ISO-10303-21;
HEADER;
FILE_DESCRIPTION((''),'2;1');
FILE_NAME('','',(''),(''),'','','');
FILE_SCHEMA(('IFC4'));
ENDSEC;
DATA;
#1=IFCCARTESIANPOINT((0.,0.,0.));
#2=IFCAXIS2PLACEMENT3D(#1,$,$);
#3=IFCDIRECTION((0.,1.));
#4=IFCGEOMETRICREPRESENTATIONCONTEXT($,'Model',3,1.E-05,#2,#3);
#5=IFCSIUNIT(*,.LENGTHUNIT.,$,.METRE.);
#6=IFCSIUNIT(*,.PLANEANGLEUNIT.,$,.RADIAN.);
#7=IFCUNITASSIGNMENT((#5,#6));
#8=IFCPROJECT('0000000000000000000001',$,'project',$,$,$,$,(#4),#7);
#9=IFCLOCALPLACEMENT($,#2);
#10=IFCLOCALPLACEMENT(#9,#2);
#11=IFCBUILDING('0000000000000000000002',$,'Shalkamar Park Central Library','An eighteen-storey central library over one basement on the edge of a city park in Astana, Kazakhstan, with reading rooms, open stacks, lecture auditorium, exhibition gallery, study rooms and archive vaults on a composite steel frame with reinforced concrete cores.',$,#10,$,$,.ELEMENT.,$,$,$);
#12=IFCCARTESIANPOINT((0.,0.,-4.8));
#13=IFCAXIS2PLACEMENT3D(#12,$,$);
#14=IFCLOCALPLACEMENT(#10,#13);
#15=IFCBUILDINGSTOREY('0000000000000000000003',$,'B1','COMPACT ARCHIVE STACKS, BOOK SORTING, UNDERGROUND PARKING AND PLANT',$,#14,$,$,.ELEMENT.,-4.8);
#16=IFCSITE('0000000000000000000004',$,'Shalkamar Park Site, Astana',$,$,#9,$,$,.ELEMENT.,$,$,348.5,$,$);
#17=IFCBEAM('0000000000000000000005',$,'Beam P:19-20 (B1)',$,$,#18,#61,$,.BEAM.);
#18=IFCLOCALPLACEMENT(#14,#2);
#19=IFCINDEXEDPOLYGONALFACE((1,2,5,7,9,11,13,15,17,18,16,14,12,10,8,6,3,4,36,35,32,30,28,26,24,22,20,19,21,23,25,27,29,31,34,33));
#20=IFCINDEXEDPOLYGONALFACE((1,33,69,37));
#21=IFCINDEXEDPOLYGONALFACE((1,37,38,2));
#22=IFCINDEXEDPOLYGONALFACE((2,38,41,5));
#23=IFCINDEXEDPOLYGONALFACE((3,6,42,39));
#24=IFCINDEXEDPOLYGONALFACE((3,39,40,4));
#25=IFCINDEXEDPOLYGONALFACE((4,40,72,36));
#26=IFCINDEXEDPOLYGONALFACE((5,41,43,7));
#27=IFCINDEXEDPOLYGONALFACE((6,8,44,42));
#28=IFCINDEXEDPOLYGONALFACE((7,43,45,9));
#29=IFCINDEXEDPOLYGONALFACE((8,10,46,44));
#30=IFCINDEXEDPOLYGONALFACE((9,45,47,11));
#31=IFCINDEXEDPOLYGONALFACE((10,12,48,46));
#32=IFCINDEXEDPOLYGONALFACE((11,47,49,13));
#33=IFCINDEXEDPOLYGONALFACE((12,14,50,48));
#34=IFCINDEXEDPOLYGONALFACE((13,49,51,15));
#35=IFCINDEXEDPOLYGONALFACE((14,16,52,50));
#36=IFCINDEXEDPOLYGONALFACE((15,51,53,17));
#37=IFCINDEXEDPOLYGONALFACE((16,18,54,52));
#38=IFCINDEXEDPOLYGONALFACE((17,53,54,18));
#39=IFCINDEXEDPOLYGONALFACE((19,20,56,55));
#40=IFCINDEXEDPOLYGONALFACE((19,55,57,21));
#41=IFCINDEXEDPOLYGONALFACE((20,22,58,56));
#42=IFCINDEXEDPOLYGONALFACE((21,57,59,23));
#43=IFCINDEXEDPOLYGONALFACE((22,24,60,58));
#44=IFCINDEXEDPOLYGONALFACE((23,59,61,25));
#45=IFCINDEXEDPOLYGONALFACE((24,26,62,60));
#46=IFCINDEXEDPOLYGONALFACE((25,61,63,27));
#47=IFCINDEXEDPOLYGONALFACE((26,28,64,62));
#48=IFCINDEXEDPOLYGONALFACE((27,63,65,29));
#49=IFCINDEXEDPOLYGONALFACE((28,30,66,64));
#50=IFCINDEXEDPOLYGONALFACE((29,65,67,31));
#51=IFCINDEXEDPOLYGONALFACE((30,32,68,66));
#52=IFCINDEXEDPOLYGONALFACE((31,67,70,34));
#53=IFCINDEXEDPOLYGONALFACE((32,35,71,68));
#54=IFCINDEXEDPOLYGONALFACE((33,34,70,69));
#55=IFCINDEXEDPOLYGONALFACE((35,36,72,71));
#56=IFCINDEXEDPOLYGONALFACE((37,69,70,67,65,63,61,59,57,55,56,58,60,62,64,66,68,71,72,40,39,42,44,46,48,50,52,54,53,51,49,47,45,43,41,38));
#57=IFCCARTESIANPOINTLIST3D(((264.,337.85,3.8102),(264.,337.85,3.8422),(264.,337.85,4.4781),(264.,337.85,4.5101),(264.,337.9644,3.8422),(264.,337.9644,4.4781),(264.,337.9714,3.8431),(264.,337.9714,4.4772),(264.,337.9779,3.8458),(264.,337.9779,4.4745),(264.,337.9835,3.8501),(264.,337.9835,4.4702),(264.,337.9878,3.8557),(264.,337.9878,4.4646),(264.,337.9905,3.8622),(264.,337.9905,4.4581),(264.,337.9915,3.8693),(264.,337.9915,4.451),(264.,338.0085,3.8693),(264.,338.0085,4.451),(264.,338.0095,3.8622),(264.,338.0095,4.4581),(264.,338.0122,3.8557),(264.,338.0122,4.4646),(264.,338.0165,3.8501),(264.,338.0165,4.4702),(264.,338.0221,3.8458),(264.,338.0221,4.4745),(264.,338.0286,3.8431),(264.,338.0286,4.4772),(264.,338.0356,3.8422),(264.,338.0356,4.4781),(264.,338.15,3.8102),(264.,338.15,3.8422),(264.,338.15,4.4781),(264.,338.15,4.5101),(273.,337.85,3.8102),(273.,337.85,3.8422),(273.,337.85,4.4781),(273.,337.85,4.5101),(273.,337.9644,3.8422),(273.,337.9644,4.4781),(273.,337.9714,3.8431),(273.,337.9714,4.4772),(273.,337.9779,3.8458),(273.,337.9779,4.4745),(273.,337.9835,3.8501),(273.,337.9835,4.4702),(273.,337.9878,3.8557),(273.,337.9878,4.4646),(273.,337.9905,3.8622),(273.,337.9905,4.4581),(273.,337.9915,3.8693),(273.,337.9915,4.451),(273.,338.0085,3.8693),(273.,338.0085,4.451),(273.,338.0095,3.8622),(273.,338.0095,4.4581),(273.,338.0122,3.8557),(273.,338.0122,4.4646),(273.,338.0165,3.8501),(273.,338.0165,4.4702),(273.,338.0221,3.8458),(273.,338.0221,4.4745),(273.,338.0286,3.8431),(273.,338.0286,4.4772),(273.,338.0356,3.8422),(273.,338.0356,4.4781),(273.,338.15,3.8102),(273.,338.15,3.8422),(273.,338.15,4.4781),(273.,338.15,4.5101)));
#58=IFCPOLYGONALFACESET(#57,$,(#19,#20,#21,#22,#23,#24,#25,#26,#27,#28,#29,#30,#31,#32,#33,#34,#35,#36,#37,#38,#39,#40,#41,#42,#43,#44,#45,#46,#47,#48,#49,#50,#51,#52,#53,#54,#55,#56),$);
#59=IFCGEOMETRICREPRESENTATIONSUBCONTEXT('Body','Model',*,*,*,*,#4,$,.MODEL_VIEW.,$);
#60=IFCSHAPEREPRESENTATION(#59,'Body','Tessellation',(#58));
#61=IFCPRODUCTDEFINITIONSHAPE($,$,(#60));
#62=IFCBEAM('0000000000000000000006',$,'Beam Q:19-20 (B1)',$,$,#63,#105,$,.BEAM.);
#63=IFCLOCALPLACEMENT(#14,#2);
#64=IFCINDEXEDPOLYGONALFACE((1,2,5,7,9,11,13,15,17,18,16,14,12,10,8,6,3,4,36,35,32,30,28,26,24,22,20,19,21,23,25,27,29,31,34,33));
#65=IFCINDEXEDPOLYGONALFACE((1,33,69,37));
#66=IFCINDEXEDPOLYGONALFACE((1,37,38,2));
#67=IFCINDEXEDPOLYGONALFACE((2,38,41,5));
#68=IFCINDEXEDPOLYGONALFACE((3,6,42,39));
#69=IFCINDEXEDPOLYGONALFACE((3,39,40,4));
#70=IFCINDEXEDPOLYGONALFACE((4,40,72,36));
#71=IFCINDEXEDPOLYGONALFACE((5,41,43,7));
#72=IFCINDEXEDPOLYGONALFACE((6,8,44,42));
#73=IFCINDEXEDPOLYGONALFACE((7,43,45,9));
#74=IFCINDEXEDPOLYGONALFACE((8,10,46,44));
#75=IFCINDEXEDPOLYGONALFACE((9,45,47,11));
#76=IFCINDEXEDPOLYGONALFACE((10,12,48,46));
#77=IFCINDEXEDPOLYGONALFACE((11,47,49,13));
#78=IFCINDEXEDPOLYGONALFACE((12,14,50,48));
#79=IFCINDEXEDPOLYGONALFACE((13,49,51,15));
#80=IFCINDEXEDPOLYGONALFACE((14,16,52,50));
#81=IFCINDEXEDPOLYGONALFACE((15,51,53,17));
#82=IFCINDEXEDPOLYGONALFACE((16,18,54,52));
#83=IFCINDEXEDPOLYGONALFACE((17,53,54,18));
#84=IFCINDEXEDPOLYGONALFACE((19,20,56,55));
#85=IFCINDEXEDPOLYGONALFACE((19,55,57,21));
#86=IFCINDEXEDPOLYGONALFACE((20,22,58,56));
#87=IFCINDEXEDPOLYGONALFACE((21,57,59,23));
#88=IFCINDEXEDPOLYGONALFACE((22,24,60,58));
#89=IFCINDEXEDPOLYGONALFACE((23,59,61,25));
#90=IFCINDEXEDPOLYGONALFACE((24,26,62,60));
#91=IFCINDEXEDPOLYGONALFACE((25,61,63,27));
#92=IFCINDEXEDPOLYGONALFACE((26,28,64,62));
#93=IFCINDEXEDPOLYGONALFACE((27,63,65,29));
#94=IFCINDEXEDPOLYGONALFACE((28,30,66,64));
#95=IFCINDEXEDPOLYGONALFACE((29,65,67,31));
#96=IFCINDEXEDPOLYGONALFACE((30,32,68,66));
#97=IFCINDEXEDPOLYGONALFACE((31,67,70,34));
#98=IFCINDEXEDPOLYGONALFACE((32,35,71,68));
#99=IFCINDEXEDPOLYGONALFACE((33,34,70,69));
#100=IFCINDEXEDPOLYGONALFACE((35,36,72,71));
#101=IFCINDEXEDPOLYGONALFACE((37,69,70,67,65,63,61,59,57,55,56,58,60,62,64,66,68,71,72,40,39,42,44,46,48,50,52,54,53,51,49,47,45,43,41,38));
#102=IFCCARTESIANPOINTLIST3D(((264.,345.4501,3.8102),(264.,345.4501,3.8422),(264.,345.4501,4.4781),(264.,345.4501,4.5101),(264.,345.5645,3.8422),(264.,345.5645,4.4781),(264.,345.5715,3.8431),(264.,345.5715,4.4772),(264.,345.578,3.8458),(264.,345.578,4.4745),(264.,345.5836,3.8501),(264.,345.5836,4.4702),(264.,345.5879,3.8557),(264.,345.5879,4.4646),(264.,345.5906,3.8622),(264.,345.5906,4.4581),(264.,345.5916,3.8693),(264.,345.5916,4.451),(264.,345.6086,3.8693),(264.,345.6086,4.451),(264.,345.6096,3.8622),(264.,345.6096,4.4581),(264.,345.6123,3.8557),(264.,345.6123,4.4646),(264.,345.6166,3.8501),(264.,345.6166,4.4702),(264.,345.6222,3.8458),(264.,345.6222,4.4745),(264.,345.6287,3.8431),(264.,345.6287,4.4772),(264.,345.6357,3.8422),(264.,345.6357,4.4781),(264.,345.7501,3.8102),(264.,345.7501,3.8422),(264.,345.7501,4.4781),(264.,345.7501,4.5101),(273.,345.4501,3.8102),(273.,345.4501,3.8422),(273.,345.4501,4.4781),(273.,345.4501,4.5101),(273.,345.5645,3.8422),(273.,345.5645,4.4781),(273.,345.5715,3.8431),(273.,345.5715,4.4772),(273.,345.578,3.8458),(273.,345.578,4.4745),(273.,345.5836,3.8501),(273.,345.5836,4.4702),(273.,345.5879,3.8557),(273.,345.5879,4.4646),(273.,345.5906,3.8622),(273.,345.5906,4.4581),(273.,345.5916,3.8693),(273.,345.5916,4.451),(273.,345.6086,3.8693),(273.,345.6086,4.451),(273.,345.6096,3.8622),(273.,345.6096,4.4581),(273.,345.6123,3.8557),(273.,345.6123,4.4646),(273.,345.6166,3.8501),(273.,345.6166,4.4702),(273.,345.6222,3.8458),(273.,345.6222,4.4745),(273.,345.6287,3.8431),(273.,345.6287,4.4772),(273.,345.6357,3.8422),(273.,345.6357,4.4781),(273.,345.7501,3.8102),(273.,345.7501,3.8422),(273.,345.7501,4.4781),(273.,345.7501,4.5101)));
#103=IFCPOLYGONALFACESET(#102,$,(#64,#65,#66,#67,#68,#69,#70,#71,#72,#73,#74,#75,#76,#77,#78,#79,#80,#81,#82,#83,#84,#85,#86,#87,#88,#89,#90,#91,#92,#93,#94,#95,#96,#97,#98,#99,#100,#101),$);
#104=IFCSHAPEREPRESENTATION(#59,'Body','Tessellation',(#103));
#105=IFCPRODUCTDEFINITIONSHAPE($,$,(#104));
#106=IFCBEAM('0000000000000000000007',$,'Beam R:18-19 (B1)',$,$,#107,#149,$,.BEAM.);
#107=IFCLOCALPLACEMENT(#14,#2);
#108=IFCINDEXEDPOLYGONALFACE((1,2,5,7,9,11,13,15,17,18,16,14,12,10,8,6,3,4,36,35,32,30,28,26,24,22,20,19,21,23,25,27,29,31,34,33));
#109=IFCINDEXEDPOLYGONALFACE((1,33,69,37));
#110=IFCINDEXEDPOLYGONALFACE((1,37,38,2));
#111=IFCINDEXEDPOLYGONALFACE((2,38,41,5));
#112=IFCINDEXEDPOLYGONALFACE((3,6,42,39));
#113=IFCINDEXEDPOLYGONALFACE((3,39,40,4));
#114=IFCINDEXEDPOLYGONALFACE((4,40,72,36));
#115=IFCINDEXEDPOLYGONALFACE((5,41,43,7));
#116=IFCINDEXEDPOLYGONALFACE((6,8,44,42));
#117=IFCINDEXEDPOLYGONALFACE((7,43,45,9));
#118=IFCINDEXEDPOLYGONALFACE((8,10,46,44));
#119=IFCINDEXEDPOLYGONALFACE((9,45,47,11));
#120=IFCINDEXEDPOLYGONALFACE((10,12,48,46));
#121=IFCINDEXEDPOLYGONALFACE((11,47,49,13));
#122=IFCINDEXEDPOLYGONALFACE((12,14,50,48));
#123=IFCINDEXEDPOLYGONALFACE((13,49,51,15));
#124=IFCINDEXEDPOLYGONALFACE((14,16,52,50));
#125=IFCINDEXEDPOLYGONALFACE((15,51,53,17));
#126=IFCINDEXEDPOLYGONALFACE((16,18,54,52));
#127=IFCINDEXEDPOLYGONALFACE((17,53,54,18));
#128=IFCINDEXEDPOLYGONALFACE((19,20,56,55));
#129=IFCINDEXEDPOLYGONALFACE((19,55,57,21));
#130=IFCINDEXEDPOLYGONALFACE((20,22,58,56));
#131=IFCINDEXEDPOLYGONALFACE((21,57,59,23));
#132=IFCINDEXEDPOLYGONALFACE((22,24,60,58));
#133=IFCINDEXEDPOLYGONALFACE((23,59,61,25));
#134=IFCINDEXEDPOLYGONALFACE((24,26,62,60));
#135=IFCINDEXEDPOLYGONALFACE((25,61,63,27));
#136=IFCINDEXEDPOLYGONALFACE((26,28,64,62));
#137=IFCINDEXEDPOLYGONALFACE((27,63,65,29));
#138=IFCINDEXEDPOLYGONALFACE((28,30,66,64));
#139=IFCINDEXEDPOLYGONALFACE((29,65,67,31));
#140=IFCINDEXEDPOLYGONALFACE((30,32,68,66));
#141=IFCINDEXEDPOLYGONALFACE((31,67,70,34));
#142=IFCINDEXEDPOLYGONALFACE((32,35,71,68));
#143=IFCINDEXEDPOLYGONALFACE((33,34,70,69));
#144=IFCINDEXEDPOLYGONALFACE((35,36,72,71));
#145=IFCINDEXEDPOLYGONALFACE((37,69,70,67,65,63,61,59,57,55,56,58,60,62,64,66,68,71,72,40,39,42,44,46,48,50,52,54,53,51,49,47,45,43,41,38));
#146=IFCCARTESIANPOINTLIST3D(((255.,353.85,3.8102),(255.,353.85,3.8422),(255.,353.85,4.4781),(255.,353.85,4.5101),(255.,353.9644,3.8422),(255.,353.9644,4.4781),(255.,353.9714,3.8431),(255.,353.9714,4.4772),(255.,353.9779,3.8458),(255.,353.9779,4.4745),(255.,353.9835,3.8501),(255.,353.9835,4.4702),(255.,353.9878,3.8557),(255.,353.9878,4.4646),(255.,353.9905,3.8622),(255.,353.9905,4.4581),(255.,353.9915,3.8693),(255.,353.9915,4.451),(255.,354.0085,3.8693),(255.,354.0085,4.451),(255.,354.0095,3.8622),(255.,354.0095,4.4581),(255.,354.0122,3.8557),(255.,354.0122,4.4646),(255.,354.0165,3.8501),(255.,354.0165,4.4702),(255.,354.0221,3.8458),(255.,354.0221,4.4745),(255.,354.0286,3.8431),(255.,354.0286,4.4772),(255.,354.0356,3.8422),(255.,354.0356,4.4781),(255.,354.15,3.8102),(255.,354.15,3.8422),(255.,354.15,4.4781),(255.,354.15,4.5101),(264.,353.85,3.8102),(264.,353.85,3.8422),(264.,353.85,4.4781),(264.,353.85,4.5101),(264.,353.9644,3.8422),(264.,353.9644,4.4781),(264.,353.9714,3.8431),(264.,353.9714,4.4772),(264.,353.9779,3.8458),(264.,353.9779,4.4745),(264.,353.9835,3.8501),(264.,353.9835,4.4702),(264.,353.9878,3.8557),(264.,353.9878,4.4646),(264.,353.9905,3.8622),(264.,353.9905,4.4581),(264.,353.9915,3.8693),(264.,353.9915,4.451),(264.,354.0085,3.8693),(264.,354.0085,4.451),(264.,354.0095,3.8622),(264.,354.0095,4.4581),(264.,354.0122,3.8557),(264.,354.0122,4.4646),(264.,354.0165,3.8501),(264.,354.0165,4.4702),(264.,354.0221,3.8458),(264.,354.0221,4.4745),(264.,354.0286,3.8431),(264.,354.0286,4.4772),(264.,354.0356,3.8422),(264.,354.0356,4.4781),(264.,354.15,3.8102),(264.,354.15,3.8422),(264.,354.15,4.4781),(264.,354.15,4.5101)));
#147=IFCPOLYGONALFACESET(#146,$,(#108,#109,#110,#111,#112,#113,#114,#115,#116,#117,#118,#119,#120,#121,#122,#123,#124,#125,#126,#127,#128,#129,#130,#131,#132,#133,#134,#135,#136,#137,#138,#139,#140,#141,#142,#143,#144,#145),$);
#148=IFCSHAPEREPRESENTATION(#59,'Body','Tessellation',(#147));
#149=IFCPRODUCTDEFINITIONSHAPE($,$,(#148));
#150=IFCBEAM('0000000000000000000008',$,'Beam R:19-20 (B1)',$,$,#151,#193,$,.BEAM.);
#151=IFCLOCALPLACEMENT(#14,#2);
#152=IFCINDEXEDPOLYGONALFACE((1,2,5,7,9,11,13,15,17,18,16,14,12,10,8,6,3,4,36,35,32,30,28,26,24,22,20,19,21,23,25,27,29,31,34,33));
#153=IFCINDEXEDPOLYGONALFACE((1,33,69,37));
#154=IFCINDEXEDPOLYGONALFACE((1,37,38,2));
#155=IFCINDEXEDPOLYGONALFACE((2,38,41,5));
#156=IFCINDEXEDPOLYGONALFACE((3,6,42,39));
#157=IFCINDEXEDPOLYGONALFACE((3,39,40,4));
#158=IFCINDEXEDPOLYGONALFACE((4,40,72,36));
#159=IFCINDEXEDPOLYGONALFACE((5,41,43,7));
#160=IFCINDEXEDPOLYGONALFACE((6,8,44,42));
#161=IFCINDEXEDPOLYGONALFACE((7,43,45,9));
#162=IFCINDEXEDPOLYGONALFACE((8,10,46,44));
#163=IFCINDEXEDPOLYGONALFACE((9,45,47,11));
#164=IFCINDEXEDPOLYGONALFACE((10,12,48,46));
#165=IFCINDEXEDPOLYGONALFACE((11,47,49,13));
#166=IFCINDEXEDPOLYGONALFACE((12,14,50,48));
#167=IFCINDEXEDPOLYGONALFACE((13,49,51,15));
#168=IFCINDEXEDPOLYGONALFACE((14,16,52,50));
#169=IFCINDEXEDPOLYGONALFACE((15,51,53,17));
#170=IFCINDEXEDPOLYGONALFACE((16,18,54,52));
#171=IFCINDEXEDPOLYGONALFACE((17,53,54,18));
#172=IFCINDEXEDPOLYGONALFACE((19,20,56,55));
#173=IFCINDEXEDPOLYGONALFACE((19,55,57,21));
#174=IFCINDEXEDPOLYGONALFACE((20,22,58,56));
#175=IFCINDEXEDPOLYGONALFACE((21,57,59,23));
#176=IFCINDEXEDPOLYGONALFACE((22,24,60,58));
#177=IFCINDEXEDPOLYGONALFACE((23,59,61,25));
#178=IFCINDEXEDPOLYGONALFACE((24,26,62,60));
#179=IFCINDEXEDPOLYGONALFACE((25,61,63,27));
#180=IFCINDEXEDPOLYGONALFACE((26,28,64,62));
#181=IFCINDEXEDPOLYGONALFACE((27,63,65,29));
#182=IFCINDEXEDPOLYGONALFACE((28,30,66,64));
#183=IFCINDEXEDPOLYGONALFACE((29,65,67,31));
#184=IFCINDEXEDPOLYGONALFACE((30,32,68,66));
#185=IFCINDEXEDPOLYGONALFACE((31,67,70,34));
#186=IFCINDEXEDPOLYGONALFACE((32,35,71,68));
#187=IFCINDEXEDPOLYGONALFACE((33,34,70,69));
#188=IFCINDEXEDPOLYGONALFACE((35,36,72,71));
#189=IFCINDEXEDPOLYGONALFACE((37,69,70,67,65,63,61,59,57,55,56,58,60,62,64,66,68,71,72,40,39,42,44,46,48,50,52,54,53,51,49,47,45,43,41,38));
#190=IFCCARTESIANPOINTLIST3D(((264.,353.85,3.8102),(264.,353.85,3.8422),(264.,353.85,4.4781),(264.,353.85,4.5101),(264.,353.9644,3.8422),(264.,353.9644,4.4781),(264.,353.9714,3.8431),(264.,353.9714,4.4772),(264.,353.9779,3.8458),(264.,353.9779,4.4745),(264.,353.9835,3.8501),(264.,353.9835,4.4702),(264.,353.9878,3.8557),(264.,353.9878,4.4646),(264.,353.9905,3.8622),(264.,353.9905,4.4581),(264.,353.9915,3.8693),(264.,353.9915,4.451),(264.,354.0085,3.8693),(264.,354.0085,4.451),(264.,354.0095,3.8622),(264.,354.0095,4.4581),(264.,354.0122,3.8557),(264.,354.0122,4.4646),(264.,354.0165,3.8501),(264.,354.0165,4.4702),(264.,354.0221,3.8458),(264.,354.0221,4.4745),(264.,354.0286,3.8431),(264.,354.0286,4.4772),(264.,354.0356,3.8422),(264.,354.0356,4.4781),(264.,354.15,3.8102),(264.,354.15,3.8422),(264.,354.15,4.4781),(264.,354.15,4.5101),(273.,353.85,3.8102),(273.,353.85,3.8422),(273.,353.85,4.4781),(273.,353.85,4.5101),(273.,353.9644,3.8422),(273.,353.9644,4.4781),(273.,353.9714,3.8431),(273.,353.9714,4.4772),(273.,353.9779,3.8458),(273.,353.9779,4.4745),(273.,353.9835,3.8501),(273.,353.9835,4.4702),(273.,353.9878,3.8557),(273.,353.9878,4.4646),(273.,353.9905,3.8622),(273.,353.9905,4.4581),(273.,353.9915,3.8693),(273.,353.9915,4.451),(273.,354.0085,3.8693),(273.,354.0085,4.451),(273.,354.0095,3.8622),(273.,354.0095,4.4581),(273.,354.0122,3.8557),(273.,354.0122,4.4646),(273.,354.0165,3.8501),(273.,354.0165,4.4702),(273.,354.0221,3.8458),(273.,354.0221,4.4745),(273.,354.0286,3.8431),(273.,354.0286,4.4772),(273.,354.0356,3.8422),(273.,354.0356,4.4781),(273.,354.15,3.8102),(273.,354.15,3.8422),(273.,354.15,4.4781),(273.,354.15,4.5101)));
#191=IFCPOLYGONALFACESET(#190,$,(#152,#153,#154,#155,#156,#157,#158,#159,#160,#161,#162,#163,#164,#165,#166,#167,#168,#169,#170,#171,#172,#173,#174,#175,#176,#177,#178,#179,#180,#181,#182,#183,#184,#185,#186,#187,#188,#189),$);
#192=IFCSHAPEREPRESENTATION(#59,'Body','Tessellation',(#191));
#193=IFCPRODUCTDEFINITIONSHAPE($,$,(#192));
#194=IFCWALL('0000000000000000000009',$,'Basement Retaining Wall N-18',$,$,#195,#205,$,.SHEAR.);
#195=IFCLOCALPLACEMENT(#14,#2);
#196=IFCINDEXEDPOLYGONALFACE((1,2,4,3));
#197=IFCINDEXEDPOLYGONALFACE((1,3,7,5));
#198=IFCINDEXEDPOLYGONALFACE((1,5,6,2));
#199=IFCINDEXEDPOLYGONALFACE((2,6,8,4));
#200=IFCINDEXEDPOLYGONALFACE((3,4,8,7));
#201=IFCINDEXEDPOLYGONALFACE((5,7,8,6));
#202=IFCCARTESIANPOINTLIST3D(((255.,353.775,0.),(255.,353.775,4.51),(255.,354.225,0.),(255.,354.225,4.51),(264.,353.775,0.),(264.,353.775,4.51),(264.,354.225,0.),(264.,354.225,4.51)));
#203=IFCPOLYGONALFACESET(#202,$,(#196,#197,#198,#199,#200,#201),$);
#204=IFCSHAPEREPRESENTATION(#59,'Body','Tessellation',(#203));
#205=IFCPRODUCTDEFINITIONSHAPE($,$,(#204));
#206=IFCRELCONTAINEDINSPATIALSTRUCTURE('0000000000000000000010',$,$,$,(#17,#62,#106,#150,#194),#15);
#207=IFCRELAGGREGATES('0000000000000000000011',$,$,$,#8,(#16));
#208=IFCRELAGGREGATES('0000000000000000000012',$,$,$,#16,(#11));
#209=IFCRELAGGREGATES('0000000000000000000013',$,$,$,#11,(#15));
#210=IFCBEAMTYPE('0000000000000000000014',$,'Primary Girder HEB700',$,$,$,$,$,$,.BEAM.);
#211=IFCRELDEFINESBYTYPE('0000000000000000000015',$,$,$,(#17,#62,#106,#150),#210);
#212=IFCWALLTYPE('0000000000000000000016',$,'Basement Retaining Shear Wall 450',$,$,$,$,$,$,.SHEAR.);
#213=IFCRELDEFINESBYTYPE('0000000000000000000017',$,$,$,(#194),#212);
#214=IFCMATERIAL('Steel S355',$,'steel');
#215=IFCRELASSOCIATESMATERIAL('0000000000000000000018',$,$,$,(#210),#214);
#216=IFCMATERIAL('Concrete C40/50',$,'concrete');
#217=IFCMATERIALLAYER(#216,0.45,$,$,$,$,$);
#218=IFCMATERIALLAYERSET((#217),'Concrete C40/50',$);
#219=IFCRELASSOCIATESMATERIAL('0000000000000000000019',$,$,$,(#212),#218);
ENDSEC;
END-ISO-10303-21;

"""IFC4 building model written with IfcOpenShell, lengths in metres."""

from ifc_helpers import new_model, si_unit, direction, frame, frame_2d, origin, origin_2d, place, context, subcontext, project, spatial, rectangle, i_section, extrude, material, layer, layer_set, material_profile, profile_set, type_object, element, save


model = new_model("IFC4")

# Units and contexts
model_context = context("Model", 3, precision=1e-05, world=origin(), true_north=direction((0.0, 1.0)))
body_context = subcontext(model_context, "Body", "Model", "MODEL_VIEW")
ifc_project = project(units=[si_unit("LENGTHUNIT", "METRE"), si_unit("PLANEANGLEUNIT", "RADIAN")], contexts=[model_context])

# Site, building, storey
site_placement = place(None, origin())
site = spatial("IfcSite", under=ifc_project, at=site_placement, Name="Shalkamar Park Site, Astana", CompositionType="ELEMENT", RefElevation=348.5)
building_placement = place(site_placement, origin())
building = spatial("IfcBuilding", under=site, at=building_placement, Name="Shalkamar Park Central Library", Description="An eighteen-storey central library over one basement on the edge of a city park in Astana, Kazakhstan, with reading rooms, open stacks, lecture auditorium, exhibition gallery, study rooms and archive vaults on a composite steel frame with reinforced concrete cores.", CompositionType="ELEMENT")
storey_placement = place(building_placement, frame((0.0, 0.0, -4.8)))
storey = spatial("IfcBuildingStorey", under=building, at=storey_placement, Name="B1", Description="COMPACT ARCHIVE STACKS, BOOK SORTING, UNDERGROUND PARKING AND PLANT", CompositionType="ELEMENT", Elevation=-4.8)

# Shared definitions
ifc_material_1 = material(Name="Concrete C40/50", Category="concrete")
ifc_material_2 = material(Name="Steel S355", Category="steel")

# Beams
ifc_material_profile_1 = material_profile(ifc_material_2, i_section(OverallWidth=0.3, OverallDepth=0.7, WebThickness=0.0171, FlangeThickness=0.032, FilletRadius=0.0271, at=origin_2d()), Name="HEB 700")
ifc_profile_set_1 = profile_set([ifc_material_profile_1], Name="Steel S355")
beam_type_1 = type_object("IfcBeamType", Name="Primary Girder HEB700", PredefinedType="BEAM", material=ifc_profile_set_1)
for number, where, z_axis, x_axis, name in (
    (1, (264.0, 338.0, 4.1602), (1.0, 0.0, 0.0), (0.0, 1.0, 0.0), "Beam P:19-20 (B1)"),
    (2, (264.0, 345.6001, 4.1602), (1.0, 0.0, 0.0), (0.0, 1.0, 0.0), "Beam Q:19-20 (B1)"),
    (3, (255.0, 354.0, 4.1602), (1.0, 0.0, 0.0), (0.0, 1.0, 0.0), "Beam R:18-19 (B1)"),
    (4, (264.0, 354.0, 4.1602), (1.0, 0.0, 0.0), (0.0, 1.0, 0.0), "Beam R:19-20 (B1)"),
):
    element("IfcBeam", number, at=place(storey_placement, frame(where, z_axis=z_axis, x_axis=x_axis)), inside=storey, type_object=beam_type_1, Name=name, PredefinedType="BEAM", context=body_context, shape_type="SweptSolid", body=[
        extrude(i_section(OverallWidth=0.3, OverallDepth=0.7, WebThickness=0.0171, FlangeThickness=0.032, FilletRadius=0.0271, at=origin_2d()), origin(), (0.0, 0.0, 1.0), 9.0),
    ])

# Wall
ifc_layer = layer(ifc_material_1, 0.45)
ifc_layer_set = layer_set([ifc_layer], Name="Concrete C40/50")
wall_type = type_object("IfcWallType", Name="Basement Retaining Shear Wall 450", PredefinedType="SHEAR", material=ifc_layer_set)
for number, where, z_axis, x_axis, name in (
    (5, (255.0, 354.0, 0.0), (0.0, 0.0, 1.0), (1.0, 0.0, 0.0), "Basement Retaining Wall N-18"),
):
    element("IfcWall", number, at=place(storey_placement, frame(where, z_axis=z_axis, x_axis=x_axis)), inside=storey, type_object=wall_type, Name=name, PredefinedType="SHEAR", context=body_context, shape_type="SweptSolid", body=[
        extrude(rectangle(XDim=9.0, YDim=0.45, at=frame_2d((4.5, 0.0))), origin(), (0.0, 0.0, 1.0), 4.51),
    ])

save(model, "model.ifc")
